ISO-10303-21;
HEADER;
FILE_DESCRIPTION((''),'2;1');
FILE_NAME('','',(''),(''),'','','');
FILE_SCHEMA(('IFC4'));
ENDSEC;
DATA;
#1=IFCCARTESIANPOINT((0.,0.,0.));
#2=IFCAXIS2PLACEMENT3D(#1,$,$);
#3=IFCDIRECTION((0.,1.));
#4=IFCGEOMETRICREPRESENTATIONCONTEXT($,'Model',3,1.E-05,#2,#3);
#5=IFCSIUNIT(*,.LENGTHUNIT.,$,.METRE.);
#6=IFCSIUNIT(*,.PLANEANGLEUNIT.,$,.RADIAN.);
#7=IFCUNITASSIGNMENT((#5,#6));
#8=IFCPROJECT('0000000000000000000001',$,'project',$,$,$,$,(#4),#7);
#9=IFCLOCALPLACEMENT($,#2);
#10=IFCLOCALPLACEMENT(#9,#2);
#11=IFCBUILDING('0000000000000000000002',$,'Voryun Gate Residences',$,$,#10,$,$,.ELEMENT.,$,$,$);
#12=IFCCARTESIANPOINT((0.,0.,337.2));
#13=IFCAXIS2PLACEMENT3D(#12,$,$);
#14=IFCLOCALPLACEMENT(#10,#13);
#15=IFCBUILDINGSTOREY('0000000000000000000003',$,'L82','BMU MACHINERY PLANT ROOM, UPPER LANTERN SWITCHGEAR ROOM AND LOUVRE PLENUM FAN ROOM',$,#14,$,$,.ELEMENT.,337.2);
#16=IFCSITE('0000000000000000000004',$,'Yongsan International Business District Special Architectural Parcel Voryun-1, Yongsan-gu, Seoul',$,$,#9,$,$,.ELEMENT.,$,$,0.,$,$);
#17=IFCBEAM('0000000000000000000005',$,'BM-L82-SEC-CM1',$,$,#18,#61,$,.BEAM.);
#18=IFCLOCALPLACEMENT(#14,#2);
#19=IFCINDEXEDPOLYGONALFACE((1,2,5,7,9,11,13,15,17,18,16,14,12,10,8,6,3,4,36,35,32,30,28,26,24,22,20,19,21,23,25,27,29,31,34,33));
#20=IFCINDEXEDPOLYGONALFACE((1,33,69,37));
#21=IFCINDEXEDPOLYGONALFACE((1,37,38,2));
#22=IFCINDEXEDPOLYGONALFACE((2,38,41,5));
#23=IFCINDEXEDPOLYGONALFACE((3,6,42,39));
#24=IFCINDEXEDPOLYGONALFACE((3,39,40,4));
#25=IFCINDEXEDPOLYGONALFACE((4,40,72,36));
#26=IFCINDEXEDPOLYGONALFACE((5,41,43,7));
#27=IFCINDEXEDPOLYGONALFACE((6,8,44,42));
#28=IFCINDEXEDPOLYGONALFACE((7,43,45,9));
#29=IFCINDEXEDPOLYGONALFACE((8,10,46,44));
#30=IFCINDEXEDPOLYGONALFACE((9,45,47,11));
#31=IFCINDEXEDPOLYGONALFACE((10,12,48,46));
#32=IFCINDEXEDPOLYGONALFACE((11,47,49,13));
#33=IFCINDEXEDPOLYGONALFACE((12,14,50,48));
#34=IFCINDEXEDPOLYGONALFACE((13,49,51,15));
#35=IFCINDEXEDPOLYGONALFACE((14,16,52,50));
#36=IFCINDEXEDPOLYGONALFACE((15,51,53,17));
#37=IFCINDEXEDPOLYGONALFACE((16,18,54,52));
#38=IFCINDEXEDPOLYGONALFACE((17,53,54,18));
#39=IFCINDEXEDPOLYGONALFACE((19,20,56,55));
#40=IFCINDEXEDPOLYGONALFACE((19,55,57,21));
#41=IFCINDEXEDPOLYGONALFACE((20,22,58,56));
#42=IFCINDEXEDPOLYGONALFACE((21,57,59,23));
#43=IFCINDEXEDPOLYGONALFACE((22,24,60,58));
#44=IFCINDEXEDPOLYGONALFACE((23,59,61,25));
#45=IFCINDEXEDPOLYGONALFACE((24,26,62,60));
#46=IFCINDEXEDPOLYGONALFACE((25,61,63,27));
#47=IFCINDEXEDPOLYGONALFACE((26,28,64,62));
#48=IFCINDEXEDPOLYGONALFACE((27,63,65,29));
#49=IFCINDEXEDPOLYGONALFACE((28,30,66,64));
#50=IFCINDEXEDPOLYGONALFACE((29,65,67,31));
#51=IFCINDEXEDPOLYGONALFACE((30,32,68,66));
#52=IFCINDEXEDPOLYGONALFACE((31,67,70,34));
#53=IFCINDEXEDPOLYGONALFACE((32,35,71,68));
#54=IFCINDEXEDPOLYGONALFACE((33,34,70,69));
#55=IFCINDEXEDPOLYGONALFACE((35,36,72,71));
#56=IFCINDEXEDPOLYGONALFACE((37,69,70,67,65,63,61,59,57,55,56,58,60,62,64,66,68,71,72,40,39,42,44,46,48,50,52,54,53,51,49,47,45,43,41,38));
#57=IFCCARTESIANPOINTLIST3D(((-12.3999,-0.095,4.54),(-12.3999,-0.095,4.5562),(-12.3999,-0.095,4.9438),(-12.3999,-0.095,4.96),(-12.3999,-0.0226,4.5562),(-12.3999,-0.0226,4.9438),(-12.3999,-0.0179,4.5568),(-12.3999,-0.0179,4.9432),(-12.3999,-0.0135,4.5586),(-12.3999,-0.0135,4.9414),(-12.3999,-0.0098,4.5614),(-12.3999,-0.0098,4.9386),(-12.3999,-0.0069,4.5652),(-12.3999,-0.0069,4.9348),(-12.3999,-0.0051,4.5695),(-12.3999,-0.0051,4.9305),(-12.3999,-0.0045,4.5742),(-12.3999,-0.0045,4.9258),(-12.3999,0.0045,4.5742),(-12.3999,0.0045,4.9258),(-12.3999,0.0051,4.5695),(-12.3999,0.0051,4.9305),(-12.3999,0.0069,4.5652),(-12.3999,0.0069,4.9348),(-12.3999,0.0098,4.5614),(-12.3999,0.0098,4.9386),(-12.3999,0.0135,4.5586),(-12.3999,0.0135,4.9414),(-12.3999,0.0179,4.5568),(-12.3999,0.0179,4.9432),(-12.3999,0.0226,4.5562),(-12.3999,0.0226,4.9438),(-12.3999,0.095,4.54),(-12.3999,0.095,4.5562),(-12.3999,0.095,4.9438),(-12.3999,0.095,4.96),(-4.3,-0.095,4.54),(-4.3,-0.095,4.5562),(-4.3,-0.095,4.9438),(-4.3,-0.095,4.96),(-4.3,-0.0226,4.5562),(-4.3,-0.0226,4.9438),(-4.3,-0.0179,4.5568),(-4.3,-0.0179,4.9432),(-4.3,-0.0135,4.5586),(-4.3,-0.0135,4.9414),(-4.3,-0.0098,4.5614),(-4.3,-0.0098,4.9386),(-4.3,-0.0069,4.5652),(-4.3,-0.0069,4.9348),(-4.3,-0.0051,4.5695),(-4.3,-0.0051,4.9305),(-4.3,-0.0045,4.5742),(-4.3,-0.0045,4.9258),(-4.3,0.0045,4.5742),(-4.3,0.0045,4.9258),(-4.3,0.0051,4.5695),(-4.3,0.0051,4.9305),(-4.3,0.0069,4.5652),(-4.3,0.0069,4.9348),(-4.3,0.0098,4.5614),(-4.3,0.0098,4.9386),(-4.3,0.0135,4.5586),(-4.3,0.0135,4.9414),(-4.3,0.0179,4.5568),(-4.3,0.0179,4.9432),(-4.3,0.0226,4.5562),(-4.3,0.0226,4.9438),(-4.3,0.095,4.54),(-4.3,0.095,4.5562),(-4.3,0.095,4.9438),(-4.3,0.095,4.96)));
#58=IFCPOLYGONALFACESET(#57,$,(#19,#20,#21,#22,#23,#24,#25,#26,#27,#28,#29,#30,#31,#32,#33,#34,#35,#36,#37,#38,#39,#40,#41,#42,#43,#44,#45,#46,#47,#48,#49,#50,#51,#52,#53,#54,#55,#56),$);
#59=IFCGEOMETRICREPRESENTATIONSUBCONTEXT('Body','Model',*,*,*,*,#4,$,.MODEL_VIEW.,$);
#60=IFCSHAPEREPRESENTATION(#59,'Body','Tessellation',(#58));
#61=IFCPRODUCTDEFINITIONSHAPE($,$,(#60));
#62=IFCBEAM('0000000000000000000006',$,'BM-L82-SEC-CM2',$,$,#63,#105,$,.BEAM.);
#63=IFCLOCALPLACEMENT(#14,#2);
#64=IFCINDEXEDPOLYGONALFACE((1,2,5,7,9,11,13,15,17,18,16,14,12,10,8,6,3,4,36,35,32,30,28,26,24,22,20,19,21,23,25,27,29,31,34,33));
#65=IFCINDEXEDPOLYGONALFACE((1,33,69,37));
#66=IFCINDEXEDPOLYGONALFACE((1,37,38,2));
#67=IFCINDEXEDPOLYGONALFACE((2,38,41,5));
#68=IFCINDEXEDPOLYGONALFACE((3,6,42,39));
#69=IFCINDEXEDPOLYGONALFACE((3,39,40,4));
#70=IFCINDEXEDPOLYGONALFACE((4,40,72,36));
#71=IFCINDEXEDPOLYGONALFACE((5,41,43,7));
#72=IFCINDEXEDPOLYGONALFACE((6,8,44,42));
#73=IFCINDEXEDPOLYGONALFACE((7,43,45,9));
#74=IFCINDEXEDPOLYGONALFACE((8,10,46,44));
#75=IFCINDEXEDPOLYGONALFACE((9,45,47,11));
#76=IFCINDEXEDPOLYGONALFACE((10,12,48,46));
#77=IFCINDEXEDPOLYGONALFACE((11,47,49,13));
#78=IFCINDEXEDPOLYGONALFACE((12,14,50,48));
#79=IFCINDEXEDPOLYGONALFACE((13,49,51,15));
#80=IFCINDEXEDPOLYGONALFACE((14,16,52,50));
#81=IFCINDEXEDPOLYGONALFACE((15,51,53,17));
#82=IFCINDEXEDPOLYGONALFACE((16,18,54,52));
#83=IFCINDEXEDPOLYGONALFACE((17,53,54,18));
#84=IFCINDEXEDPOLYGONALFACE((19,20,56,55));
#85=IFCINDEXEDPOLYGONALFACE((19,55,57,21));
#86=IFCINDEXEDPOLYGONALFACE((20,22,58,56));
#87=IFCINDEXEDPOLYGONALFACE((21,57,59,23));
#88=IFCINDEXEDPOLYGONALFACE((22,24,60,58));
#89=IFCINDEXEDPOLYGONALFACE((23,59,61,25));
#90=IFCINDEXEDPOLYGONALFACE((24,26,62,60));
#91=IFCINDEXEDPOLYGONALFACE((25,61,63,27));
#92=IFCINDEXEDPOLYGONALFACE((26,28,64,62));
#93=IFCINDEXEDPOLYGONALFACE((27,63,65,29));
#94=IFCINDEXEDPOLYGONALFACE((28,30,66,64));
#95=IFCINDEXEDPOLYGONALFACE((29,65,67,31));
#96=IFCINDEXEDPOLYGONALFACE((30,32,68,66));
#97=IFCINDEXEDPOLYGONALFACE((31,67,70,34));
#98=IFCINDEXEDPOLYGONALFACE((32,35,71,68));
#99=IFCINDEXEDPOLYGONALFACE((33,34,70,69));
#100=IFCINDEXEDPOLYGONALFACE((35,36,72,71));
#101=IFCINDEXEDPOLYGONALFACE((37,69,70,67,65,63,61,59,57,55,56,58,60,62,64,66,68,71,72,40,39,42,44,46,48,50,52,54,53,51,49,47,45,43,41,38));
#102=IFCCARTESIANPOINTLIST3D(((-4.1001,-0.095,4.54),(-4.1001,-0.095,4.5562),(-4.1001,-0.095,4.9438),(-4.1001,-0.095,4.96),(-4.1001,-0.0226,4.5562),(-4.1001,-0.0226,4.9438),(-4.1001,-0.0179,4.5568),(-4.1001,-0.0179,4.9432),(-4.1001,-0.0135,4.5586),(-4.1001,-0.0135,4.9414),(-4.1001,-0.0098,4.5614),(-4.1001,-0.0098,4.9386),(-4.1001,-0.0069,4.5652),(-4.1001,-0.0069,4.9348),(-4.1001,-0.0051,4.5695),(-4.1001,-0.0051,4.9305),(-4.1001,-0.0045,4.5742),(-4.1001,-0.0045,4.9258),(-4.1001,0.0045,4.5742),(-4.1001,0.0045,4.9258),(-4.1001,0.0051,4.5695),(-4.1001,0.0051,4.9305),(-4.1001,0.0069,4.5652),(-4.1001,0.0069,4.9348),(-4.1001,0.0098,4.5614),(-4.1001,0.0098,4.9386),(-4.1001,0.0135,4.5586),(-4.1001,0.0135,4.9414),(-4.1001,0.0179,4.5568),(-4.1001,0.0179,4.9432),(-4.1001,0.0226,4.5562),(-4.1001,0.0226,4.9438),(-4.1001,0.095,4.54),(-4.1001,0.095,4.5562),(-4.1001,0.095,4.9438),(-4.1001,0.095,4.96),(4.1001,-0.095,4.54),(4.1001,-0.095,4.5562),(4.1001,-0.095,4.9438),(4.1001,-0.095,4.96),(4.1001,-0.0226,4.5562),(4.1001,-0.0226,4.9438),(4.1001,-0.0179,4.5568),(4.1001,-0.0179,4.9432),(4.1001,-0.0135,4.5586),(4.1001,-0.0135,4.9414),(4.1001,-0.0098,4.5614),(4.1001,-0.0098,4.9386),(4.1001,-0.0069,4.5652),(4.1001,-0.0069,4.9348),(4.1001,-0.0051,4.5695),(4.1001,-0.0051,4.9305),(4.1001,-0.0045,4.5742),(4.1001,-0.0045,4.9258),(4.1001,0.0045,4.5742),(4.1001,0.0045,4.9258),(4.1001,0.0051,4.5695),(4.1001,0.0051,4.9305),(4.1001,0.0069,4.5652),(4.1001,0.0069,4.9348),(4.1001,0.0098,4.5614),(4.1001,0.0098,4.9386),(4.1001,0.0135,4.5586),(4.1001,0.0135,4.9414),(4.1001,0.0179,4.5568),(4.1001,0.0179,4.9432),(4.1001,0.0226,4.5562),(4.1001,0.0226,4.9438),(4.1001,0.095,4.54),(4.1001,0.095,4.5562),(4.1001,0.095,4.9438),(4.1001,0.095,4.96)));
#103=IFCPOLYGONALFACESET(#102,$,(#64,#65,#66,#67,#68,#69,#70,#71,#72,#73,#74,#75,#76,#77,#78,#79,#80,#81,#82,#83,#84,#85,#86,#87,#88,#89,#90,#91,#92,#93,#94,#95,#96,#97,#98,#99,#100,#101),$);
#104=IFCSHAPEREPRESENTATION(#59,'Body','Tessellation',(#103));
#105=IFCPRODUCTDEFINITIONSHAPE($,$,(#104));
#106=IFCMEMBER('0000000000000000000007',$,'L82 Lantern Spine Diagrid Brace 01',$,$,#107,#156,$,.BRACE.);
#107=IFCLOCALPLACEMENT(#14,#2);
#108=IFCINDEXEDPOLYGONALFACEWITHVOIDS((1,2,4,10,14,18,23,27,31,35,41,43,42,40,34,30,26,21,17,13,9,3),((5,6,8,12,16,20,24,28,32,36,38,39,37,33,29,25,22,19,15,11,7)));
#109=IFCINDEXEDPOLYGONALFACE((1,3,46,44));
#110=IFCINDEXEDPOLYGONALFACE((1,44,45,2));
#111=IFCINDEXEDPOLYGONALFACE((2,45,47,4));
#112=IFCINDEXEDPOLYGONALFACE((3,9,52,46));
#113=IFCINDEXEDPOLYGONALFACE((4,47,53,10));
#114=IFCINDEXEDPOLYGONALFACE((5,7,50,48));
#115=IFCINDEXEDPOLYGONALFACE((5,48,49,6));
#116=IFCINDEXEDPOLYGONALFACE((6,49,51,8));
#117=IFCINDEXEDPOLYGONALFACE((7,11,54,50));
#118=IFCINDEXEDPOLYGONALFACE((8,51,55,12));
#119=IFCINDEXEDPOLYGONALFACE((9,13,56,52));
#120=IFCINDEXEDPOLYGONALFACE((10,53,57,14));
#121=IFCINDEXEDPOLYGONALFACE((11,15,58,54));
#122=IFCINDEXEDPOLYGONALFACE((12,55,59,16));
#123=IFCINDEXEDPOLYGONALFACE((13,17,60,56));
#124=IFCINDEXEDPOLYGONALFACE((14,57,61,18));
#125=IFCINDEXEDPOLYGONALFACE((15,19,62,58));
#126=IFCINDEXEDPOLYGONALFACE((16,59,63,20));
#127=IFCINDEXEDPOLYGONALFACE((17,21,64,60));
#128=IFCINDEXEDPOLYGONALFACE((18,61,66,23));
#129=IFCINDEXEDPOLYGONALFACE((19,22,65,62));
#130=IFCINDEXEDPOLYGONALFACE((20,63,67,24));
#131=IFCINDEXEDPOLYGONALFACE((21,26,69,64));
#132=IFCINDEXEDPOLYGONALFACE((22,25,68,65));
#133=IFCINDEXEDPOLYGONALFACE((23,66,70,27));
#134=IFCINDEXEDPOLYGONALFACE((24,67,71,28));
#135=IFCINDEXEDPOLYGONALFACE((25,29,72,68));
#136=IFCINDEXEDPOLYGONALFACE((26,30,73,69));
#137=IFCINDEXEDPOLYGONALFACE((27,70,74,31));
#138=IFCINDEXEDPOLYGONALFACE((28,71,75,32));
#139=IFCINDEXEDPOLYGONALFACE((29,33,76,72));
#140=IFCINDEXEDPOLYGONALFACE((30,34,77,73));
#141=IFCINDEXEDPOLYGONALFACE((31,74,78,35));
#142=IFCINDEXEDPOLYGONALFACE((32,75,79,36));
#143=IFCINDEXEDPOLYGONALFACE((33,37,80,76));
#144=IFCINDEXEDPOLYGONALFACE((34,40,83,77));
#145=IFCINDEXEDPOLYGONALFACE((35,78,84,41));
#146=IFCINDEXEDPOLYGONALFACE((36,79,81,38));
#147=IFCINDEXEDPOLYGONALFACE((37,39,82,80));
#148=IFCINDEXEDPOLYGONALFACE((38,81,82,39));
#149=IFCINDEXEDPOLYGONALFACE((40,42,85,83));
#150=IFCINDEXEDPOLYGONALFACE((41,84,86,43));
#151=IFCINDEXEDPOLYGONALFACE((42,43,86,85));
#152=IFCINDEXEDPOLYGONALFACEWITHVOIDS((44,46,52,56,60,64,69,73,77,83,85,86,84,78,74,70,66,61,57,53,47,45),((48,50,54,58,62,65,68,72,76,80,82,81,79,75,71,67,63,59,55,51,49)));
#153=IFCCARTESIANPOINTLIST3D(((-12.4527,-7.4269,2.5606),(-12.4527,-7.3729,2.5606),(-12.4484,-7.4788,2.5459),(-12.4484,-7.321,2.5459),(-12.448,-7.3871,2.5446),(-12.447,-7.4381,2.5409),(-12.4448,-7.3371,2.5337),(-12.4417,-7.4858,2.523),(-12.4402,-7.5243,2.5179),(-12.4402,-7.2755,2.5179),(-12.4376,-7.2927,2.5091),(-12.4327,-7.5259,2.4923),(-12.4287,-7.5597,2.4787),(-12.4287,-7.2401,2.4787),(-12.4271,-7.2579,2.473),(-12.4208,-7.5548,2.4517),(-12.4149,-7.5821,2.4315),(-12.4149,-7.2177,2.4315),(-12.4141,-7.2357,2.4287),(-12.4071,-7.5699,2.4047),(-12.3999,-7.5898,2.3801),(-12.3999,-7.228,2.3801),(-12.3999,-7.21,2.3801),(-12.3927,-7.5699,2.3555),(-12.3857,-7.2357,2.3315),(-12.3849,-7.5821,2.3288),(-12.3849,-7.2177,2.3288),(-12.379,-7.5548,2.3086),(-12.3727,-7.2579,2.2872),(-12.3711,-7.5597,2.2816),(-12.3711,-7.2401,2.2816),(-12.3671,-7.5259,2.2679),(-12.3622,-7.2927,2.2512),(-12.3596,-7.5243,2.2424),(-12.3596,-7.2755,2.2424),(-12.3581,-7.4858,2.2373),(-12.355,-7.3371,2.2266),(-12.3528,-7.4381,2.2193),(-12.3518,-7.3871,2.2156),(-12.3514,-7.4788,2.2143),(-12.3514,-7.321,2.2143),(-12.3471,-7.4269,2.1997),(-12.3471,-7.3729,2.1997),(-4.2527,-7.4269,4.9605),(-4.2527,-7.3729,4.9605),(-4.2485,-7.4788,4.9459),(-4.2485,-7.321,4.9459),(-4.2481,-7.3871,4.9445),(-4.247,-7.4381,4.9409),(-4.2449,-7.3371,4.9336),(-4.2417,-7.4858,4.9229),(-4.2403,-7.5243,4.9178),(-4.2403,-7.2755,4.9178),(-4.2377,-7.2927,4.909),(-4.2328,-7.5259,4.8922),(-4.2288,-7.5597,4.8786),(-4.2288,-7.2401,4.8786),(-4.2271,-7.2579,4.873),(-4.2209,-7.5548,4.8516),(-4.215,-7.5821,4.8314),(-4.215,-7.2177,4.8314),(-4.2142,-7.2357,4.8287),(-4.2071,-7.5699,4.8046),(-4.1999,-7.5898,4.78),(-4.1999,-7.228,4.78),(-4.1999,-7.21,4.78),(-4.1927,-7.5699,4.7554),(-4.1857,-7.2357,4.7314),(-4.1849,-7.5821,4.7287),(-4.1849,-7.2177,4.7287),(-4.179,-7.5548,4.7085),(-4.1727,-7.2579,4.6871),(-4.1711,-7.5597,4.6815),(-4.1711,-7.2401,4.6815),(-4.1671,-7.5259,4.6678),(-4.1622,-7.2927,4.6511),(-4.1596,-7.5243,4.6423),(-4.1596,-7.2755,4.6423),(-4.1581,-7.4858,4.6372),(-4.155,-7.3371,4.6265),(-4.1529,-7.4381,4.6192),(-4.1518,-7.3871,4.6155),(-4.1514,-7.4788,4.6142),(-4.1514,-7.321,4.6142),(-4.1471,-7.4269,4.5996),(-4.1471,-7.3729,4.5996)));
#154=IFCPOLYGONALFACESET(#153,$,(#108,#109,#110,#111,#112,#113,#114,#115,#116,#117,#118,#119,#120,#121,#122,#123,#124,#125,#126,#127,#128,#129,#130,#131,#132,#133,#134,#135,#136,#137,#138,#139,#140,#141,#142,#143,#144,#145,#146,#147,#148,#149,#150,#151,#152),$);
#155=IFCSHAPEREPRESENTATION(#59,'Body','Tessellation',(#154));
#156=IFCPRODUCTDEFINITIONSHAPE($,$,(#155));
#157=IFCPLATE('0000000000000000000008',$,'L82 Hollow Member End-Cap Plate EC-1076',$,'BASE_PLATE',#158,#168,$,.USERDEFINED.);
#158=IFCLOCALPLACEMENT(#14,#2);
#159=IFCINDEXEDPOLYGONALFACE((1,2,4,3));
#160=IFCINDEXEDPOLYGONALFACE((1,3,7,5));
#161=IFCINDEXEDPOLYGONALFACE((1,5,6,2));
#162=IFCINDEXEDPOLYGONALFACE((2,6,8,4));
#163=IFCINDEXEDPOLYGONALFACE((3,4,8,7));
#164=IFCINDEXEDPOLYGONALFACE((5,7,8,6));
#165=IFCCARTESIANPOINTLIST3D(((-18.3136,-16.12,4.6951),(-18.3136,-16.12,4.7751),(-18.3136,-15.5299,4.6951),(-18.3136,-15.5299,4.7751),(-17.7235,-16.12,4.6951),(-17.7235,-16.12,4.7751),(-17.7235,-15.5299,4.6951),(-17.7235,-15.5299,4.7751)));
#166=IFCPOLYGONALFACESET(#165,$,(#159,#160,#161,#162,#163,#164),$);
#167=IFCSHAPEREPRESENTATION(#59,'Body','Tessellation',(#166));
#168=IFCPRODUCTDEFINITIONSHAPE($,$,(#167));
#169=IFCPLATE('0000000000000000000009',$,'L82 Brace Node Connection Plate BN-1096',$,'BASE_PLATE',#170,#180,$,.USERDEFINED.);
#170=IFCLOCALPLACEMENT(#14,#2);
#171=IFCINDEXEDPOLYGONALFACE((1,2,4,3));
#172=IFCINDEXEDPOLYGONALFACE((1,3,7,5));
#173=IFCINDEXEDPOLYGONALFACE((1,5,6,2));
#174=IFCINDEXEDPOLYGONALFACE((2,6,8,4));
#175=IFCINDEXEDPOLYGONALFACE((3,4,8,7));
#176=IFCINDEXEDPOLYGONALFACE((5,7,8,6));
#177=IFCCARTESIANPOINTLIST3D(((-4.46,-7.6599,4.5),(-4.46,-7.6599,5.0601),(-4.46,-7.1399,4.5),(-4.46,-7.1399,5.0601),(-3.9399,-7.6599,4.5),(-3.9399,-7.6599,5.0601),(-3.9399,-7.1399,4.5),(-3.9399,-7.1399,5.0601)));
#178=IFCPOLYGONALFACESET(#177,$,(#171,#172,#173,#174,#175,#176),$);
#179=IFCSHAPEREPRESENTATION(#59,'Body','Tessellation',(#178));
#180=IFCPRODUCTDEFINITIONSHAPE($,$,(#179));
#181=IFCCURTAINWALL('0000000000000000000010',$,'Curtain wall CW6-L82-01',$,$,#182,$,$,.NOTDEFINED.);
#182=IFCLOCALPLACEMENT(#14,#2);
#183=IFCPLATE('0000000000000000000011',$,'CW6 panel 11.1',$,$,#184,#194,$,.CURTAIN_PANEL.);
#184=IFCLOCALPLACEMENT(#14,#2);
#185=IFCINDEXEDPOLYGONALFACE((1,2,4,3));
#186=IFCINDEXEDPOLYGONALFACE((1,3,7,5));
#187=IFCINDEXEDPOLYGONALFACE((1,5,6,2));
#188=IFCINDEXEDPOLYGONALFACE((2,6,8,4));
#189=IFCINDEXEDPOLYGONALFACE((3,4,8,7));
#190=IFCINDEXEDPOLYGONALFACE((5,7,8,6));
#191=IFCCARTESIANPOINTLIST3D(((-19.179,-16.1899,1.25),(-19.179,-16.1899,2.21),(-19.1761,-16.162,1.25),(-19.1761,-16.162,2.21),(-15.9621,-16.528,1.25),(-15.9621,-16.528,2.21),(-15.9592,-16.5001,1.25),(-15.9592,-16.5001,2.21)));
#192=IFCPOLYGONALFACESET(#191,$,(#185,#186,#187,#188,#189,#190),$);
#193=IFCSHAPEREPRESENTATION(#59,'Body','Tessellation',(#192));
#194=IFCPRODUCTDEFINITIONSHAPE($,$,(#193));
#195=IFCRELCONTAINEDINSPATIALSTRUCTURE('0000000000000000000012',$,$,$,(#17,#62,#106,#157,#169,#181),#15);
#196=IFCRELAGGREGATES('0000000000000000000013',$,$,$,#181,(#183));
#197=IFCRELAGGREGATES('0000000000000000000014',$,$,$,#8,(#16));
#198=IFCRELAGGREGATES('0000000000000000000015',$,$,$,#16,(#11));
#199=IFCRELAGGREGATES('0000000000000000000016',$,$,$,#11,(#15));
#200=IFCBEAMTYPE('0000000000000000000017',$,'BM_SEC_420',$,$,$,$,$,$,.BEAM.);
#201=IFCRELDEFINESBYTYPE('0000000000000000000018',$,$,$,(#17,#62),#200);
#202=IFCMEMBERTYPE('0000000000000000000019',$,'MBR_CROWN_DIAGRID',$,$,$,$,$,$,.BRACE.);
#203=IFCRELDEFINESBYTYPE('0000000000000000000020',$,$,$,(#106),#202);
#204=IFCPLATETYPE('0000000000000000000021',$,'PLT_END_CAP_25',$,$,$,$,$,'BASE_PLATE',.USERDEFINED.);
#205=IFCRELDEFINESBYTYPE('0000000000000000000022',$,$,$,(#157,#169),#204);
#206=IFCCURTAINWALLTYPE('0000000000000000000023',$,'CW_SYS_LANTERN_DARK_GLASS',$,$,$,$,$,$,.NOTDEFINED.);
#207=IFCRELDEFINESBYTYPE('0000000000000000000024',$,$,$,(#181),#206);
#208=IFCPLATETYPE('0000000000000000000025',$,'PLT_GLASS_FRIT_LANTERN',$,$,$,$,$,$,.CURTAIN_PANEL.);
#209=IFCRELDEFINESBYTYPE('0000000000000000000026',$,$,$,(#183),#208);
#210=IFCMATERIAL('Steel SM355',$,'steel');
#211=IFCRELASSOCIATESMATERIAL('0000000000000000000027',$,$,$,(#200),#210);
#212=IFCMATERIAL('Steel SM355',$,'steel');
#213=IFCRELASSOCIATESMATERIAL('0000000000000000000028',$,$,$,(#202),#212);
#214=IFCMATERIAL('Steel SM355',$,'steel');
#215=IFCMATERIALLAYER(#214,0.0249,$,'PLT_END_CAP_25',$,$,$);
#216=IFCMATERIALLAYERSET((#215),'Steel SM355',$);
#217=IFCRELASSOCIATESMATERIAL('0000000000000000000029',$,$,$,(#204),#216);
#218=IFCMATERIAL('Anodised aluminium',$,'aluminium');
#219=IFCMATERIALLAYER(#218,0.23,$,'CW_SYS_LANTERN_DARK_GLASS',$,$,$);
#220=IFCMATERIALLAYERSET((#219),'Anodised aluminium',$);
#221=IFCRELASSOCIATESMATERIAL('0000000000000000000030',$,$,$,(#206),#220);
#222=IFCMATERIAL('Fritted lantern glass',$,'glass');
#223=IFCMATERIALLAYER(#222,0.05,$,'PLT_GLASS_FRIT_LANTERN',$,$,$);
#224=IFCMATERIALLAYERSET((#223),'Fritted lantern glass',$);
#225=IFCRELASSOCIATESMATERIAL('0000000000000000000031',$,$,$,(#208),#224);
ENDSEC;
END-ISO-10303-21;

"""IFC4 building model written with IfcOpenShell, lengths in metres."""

from ifc_helpers import new_model, si_unit, direction, frame, origin, origin_2d, place, context, subcontext, project, spatial, rectangle, hollow_circle, i_section, extrude, material, layer, layer_set, material_profile, profile_set, type_object, element, aggregate, save


model = new_model("IFC4")

# Units and contexts
model_context = context("Model", 3, precision=1e-05, world=origin(), true_north=direction((0.0, 1.0)))
body_context = subcontext(model_context, "Body", "Model", "MODEL_VIEW")
ifc_project = project(units=[si_unit("LENGTHUNIT", "METRE"), si_unit("PLANEANGLEUNIT", "RADIAN")], contexts=[model_context])

# Site, building, storey
site_placement = place(None, origin())
site = spatial("IfcSite", under=ifc_project, at=site_placement, Name="Yongsan International Business District Special Architectural Parcel Voryun-1, Yongsan-gu, Seoul", CompositionType="ELEMENT", RefElevation=0.0)
building_placement = place(site_placement, origin())
building = spatial("IfcBuilding", under=site, at=building_placement, Name="Voryun Gate Residences", CompositionType="ELEMENT")
storey_placement = place(building_placement, frame((0.0, 0.0, 337.2)))
storey = spatial("IfcBuildingStorey", under=building, at=storey_placement, Name="L82", Description="BMU MACHINERY PLANT ROOM, UPPER LANTERN SWITCHGEAR ROOM AND LOUVRE PLENUM FAN ROOM", CompositionType="ELEMENT", Elevation=337.2)

# Beams
ifc_material_1 = material(Name="Steel SM355", Category="steel")
ifc_material_profile_1 = material_profile(ifc_material_1, i_section(OverallWidth=0.1899, OverallDepth=0.4199, WebThickness=0.009, FlangeThickness=0.0161, FilletRadius=0.0181, at=origin_2d()), Name="H-420x190x9x16")
ifc_profile_set_1 = profile_set([ifc_material_profile_1], Name="Steel SM355")
beam_type_1 = type_object("IfcBeamType", Name="BM_SEC_420", PredefinedType="BEAM", material=ifc_profile_set_1)
beam_1_placement = place(storey_placement, frame((-12.3999, 0.0, 4.75), z_axis=(1.0, 0.0, 0.0), x_axis=(0.0, 1.0, 0.0)))
element("IfcBeam", 1, at=beam_1_placement, inside=storey, type_object=beam_type_1, Name="BM-L82-SEC-CM1", PredefinedType="BEAM", context=body_context, shape_type="SweptSolid", body=[
    extrude(i_section(OverallWidth=0.1899, OverallDepth=0.4199, WebThickness=0.009, FlangeThickness=0.0161, FilletRadius=0.0181, at=origin_2d()), origin(), (0.0, 0.0, 1.0), 8.0999),
])
beam_2_placement = place(storey_placement, frame((-4.1001, 0.0, 4.75), z_axis=(1.0, 0.0, 0.0), x_axis=(0.0, 1.0, 0.0)))
element("IfcBeam", 2, at=beam_2_placement, inside=storey, type_object=beam_type_1, Name="BM-L82-SEC-CM2", PredefinedType="BEAM", context=body_context, shape_type="SweptSolid", body=[
    extrude(i_section(OverallWidth=0.1899, OverallDepth=0.4199, WebThickness=0.009, FlangeThickness=0.0161, FilletRadius=0.0181, at=origin_2d()), origin(), (0.0, 0.0, 1.0), 8.2002),
])

# Member
ifc_material_2 = material(Name="Steel SM355", Category="steel")
ifc_material_profile_2 = material_profile(ifc_material_2, hollow_circle(Radius=0.1899, WallThickness=0.0181, at=origin_2d()), Name="CHS-380x18")
ifc_profile_set_2 = profile_set([ifc_material_profile_2], Name="Steel SM355")
member_type = type_object("IfcMemberType", Name="MBR_CROWN_DIAGRID", PredefinedType="BRACE", material=ifc_profile_set_2)
member_placement = place(storey_placement, frame((-12.3999, -7.3999, 2.3801), z_axis=(0.95974, 0.0, 0.28089), x_axis=(0.0, 1.0, 0.0)))
element("IfcMember", 3, at=member_placement, inside=storey, type_object=member_type, Name="L82 Lantern Spine Diagrid Brace 01", PredefinedType="BRACE", context=body_context, shape_type="SweptSolid", body=[
    extrude(hollow_circle(Radius=0.1899, WallThickness=0.0181, at=origin_2d()), origin(), (0.0, 0.0, 1.0), 8.5439),
])

# Plates
ifc_material_3 = material(Name="Steel SM355", Category="steel")
ifc_layer_1 = layer(ifc_material_3, 0.0249, Name="PLT_END_CAP_25")
ifc_layer_set_1 = layer_set([ifc_layer_1], Name="Steel SM355")
plate_type_1 = type_object("IfcPlateType", Name="PLT_END_CAP_25", ElementType="BASE_PLATE", PredefinedType="USERDEFINED", material=ifc_layer_set_1)
plate_1_placement = place(storey_placement, frame((-18.0186, -15.825, 4.6951), z_axis=(0.0, 0.0, 1.0), x_axis=(1.0, 0.0, 0.0)))
element("IfcPlate", 4, at=plate_1_placement, inside=storey, type_object=plate_type_1, Name="L82 Hollow Member End-Cap Plate EC-1076", ObjectType="BASE_PLATE", PredefinedType="USERDEFINED", context=body_context, shape_type="SweptSolid", body=[
    extrude(rectangle(XDim=0.5901, YDim=0.5901, at=origin_2d()), origin(), (0.0, 0.0, 1.0), 0.0801),
])
plate_2_placement = place(storey_placement, frame((-4.2, -7.3999, 4.5), z_axis=(0.0, 0.0, 1.0), x_axis=(1.0, 0.0, 0.0)))
element("IfcPlate", 5, at=plate_2_placement, inside=storey, type_object=plate_type_1, Name="L82 Brace Node Connection Plate BN-1096", ObjectType="BASE_PLATE", PredefinedType="USERDEFINED", context=body_context, shape_type="SweptSolid", body=[
    extrude(rectangle(XDim=0.52, YDim=0.52, at=origin_2d()), origin(), (0.0, 0.0, 1.0), 0.5601),
])

# Curtain wall, plate
ifc_material_4 = material(Name="Anodised aluminium", Category="aluminium")
ifc_layer_2 = layer(ifc_material_4, 0.23, Name="CW_SYS_LANTERN_DARK_GLASS")
ifc_layer_set_2 = layer_set([ifc_layer_2], Name="Anodised aluminium")
curtain_wall_type = type_object("IfcCurtainWallType", Name="CW_SYS_LANTERN_DARK_GLASS", PredefinedType="NOTDEFINED", material=ifc_layer_set_2)
curtain_wall_placement = place(storey_placement, origin())
curtain_wall = element("IfcCurtainWall", 6, at=curtain_wall_placement, inside=storey, type_object=curtain_wall_type, Name="Curtain wall CW6-L82-01", PredefinedType="NOTDEFINED")
ifc_material_5 = material(Name="Fritted lantern glass", Category="glass")
ifc_layer_3 = layer(ifc_material_5, 0.05, Name="PLT_GLASS_FRIT_LANTERN")
ifc_layer_set_3 = layer_set([ifc_layer_3], Name="Fritted lantern glass")
plate_type_2 = type_object("IfcPlateType", Name="PLT_GLASS_FRIT_LANTERN", PredefinedType="CURTAIN_PANEL", material=ifc_layer_set_3)
plate_3_placement = place(storey_placement, frame((-17.5691, -16.345, 1.25), z_axis=(0.0, 0.0, 1.0), x_axis=(-0.994522, 0.104528, 0.0)))
plate_3 = element("IfcPlate", 7, at=plate_3_placement, type_object=plate_type_2, Name="CW6 panel 11.1", PredefinedType="CURTAIN_PANEL", context=body_context, shape_type="SweptSolid", body=[
    extrude(rectangle(XDim=3.2346, YDim=0.0281, at=origin_2d()), origin(), (0.0, 0.0, 1.0), 0.96),
])
aggregate(curtain_wall, [plate_3])

save(model, "model.ifc")
